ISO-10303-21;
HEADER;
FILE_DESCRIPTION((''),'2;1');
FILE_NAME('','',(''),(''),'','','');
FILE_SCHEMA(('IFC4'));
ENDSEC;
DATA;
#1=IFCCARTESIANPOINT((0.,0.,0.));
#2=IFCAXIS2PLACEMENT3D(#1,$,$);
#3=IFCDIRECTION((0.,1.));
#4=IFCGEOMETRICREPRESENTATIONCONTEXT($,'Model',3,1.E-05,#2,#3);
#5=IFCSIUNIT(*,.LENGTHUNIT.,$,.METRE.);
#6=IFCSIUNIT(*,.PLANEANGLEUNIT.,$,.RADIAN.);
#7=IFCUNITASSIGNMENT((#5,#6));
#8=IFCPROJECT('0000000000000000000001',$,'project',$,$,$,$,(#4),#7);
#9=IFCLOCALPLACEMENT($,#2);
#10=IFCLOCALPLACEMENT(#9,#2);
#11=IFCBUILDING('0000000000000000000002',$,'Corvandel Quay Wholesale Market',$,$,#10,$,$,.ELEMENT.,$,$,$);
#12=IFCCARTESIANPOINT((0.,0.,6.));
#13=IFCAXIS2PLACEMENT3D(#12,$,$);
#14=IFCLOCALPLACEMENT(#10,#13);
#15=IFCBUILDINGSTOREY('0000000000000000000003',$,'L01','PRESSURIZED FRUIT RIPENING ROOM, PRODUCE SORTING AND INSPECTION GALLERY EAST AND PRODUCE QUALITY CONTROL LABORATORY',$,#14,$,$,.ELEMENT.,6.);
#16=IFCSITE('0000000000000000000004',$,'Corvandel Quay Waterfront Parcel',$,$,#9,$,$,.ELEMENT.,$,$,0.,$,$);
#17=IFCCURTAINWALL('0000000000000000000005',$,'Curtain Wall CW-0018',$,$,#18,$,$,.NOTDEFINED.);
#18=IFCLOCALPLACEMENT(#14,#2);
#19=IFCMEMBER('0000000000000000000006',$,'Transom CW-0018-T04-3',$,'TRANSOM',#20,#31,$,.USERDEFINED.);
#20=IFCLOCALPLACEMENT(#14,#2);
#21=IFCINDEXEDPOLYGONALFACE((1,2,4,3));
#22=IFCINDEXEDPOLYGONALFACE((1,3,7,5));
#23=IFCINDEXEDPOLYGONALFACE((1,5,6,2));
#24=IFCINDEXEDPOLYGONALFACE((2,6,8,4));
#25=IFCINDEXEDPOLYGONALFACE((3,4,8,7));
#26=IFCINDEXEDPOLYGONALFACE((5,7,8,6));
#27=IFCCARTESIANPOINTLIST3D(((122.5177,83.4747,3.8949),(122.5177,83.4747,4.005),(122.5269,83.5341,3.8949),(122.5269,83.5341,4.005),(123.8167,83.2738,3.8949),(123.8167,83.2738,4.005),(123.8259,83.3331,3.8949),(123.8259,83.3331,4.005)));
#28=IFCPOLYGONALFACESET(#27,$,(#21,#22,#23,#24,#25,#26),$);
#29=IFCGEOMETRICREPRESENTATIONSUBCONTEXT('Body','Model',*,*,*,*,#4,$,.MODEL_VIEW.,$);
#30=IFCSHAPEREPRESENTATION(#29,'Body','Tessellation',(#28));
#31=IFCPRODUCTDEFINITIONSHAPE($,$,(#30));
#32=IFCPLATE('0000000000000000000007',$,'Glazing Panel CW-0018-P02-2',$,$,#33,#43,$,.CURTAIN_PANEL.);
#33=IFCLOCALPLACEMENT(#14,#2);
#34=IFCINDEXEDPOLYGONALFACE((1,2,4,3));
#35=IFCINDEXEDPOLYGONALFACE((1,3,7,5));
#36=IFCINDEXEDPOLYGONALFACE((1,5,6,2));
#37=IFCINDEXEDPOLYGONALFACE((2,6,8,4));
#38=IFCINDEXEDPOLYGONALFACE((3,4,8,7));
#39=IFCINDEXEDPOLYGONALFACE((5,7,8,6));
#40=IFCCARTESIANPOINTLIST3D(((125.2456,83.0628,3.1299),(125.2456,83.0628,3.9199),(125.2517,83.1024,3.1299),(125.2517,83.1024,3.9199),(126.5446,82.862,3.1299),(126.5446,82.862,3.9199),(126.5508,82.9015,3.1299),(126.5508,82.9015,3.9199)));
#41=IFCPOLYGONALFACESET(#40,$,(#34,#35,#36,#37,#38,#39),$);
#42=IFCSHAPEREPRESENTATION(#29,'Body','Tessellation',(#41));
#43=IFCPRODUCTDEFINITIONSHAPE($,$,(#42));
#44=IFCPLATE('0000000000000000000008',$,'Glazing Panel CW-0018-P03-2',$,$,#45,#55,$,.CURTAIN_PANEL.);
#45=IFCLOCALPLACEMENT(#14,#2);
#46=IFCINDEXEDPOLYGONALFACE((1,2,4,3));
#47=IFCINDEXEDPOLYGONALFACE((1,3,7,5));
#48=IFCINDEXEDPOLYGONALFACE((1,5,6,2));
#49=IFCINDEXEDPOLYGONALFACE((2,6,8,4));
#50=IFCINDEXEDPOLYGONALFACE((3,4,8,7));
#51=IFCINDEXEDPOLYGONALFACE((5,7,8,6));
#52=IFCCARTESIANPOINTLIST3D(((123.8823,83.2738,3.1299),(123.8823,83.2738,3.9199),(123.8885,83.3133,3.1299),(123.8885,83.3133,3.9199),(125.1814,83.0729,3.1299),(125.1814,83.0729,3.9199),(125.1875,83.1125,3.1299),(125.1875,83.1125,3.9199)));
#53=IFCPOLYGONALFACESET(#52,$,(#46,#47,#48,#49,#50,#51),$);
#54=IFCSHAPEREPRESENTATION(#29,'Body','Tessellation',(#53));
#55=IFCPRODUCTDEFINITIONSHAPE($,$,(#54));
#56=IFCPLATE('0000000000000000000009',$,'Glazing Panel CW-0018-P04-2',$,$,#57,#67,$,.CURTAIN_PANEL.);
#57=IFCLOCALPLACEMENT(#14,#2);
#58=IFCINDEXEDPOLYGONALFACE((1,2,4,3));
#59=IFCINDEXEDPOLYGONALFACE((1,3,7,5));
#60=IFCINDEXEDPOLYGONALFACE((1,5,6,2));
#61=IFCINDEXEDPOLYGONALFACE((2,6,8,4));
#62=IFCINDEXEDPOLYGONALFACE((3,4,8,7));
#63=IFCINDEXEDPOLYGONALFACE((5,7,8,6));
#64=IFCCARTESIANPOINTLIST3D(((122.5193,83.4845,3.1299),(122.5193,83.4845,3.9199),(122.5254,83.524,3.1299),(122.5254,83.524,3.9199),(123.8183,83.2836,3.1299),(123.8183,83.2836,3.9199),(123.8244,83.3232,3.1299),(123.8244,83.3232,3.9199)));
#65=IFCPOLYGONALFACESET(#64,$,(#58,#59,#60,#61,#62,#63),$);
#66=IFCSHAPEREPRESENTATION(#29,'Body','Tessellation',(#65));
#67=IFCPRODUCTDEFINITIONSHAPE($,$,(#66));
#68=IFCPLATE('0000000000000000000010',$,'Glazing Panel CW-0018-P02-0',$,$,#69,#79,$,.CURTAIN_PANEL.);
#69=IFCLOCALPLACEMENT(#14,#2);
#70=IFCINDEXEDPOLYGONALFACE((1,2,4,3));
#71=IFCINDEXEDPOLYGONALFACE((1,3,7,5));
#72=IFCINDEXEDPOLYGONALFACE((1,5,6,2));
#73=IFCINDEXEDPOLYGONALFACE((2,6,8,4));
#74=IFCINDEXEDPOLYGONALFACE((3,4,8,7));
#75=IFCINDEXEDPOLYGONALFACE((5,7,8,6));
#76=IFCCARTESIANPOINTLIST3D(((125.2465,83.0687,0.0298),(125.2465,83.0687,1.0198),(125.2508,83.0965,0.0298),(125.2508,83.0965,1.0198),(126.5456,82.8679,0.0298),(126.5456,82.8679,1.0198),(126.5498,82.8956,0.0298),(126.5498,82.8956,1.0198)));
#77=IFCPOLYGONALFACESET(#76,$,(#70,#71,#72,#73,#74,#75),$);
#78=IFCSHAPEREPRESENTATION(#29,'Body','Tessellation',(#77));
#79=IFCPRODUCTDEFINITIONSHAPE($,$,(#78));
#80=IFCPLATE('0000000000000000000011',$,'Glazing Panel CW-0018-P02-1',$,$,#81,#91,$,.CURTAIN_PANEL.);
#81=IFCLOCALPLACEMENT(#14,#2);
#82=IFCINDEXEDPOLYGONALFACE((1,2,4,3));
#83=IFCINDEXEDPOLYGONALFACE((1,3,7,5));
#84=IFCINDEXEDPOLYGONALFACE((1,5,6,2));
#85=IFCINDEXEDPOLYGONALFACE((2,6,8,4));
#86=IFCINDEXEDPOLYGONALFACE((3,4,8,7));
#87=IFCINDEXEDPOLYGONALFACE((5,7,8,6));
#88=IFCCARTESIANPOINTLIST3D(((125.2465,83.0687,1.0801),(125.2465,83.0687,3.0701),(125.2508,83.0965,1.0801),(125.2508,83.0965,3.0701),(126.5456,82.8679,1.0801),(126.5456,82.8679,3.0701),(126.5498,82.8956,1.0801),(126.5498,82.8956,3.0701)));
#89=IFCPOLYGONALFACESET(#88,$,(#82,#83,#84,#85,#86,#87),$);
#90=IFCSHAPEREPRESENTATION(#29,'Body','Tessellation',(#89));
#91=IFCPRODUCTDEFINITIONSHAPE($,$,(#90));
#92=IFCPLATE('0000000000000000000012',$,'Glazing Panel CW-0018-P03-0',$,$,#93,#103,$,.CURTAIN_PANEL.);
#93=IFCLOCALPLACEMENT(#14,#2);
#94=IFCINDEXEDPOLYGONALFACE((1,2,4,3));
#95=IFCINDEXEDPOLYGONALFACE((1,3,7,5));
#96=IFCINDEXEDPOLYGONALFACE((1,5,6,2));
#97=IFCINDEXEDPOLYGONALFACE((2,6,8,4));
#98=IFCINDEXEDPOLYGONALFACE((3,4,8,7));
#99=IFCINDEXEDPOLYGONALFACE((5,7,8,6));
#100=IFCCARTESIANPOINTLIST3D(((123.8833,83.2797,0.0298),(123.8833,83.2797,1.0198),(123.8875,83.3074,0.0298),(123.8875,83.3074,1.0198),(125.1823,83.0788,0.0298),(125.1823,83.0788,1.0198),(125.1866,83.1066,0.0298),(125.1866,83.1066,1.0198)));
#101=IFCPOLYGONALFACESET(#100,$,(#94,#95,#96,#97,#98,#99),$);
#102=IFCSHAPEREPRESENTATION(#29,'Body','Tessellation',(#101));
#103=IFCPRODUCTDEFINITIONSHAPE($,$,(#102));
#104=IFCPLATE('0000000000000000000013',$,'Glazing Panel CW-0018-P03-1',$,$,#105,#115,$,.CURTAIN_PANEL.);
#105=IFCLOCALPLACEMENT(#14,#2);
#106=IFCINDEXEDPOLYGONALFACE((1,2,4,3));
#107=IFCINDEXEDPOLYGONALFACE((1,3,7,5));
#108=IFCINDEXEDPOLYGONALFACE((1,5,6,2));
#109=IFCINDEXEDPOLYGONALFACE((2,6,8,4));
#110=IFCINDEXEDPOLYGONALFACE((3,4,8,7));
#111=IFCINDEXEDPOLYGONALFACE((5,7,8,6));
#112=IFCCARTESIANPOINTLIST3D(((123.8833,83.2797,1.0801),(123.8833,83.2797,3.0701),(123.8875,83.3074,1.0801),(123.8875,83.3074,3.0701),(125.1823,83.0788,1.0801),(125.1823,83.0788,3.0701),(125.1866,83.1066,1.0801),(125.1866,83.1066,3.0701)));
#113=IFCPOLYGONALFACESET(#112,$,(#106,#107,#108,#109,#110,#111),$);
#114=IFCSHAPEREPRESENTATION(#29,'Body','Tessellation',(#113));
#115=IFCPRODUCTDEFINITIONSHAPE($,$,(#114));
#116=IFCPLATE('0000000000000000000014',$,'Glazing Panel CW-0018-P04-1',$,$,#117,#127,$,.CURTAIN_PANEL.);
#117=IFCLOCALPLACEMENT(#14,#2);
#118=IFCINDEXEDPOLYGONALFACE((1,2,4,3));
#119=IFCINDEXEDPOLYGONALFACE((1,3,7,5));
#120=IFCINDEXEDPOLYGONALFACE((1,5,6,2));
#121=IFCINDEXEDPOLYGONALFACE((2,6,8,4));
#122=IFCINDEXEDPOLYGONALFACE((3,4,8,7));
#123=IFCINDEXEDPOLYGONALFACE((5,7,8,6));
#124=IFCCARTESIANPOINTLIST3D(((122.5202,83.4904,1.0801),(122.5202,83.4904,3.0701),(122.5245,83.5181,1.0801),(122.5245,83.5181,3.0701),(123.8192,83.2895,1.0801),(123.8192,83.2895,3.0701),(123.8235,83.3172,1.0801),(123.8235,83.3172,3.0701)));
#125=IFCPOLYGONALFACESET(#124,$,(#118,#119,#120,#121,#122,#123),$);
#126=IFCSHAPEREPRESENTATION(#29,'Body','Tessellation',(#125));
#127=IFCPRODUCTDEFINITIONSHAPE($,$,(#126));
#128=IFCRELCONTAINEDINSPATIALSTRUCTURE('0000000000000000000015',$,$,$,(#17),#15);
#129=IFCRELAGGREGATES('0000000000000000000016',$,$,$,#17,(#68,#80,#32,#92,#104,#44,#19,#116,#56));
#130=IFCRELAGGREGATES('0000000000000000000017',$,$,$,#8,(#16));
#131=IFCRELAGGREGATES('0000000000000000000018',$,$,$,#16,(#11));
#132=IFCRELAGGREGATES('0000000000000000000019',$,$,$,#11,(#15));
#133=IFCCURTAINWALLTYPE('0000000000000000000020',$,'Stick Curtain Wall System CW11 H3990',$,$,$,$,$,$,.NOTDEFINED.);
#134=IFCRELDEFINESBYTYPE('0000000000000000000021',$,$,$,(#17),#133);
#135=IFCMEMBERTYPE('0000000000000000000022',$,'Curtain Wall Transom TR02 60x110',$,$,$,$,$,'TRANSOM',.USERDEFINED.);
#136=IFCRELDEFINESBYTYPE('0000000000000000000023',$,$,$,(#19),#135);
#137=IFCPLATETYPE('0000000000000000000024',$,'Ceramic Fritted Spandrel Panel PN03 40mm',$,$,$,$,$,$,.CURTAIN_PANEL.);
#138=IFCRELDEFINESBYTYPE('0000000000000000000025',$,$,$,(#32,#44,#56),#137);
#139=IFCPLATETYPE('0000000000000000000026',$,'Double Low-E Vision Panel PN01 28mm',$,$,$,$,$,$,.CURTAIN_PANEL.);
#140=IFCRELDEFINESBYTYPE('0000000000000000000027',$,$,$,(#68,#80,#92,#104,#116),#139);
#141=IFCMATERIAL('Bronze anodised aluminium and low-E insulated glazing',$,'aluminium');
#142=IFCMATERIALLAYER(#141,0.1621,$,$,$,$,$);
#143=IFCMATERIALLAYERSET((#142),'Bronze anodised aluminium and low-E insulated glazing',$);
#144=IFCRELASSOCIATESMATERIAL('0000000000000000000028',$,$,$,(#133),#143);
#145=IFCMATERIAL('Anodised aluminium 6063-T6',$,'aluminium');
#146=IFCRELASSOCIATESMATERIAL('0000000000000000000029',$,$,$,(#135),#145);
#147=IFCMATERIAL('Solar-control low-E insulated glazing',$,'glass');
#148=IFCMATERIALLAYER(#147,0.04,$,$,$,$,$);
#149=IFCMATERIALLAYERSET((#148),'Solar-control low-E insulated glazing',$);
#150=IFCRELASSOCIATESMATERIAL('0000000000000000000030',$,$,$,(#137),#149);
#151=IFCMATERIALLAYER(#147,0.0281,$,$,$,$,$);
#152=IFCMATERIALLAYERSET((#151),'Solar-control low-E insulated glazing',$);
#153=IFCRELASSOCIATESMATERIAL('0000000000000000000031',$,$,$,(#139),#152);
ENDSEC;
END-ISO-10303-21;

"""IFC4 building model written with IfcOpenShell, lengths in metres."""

from ifc_helpers import new_model, si_unit, direction, frame, origin, origin_2d, place, context, subcontext, project, spatial, rectangle, extrude, material, layer, layer_set, material_profile, profile_set, type_object, element, aggregate, save


model = new_model("IFC4")

# Units and contexts
model_context = context("Model", 3, precision=1e-05, world=origin(), true_north=direction((0.0, 1.0)))
body_context = subcontext(model_context, "Body", "Model", "MODEL_VIEW")
ifc_project = project(units=[si_unit("LENGTHUNIT", "METRE"), si_unit("PLANEANGLEUNIT", "RADIAN")], contexts=[model_context])

# Site, building, storey
site_placement = place(None, origin())
site = spatial("IfcSite", under=ifc_project, at=site_placement, Name="Corvandel Quay Waterfront Parcel", CompositionType="ELEMENT", RefElevation=0.0)
building_placement = place(site_placement, origin())
building = spatial("IfcBuilding", under=site, at=building_placement, Name="Corvandel Quay Wholesale Market", CompositionType="ELEMENT")
storey_placement = place(building_placement, frame((0.0, 0.0, 6.0)))
storey = spatial("IfcBuildingStorey", under=building, at=storey_placement, Name="L01", Description="PRESSURIZED FRUIT RIPENING ROOM, PRODUCE SORTING AND INSPECTION GALLERY EAST AND PRODUCE QUALITY CONTROL LABORATORY", CompositionType="ELEMENT", Elevation=6.0)

# Curtain wall, member, plates
ifc_material_1 = material(Name="Bronze anodised aluminium and low-E insulated glazing", Category="aluminium")
ifc_layer_1 = layer(ifc_material_1, 0.1621)
ifc_layer_set_1 = layer_set([ifc_layer_1], Name="Bronze anodised aluminium and low-E insulated glazing")
curtain_wall_type = type_object("IfcCurtainWallType", Name="Stick Curtain Wall System CW11 H3990", PredefinedType="NOTDEFINED", material=ifc_layer_set_1)
curtain_wall_placement = place(storey_placement, origin())
curtain_wall = element("IfcCurtainWall", 1, at=curtain_wall_placement, inside=storey, type_object=curtain_wall_type, Name="Curtain Wall CW-0018", PredefinedType="NOTDEFINED")
ifc_material_2 = material(Name="Anodised aluminium 6063-T6", Category="aluminium")
ifc_material_profile_1 = material_profile(ifc_material_2, rectangle(XDim=0.0601, YDim=0.1101, at=origin_2d()), Name="ALU-TRN-60x110")
ifc_profile_set_1 = profile_set([ifc_material_profile_1], Name="Anodised aluminium 6063-T6")
member_type_1 = type_object("IfcMemberType", Name="Curtain Wall Transom TR02 60x110", ElementType="TRANSOM", PredefinedType="USERDEFINED", material=ifc_profile_set_1)
member_1_placement = place(storey_placement, frame((123.8213, 83.3035, 3.95), z_axis=(-0.988249, 0.152853, 0.0), x_axis=(-0.152853, -0.988249, 0.0)))
member_1 = element("IfcMember", 2, at=member_1_placement, type_object=member_type_1, Name="Transom CW-0018-T04-3", ObjectType="TRANSOM", PredefinedType="USERDEFINED", context=body_context, shape_type="SweptSolid", body=[
    extrude(rectangle(XDim=0.0601, YDim=0.1101, at=origin_2d()), origin(), (0.0, 0.0, 1.0), 1.3145),
])
ifc_material_3 = material(Name="Solar-control low-E insulated glazing", Category="glass")
ifc_layer_2 = layer(ifc_material_3, 0.04)
ifc_layer_set_2 = layer_set([ifc_layer_2], Name="Solar-control low-E insulated glazing")
plate_type_1 = type_object("IfcPlateType", Name="Ceramic Fritted Spandrel Panel PN03 40mm", PredefinedType="CURTAIN_PANEL", material=ifc_layer_set_2)
plate_1_placement = place(storey_placement, frame((125.8982, 82.9822, 3.1299), z_axis=(0.0, 0.0, 1.0), x_axis=(-0.988255, 0.152813, 0.0)))
plate_1 = element("IfcPlate", 3, at=plate_1_placement, type_object=plate_type_1, Name="Glazing Panel CW-0018-P02-2", PredefinedType="CURTAIN_PANEL", context=body_context, shape_type="SweptSolid", body=[
    extrude(rectangle(XDim=1.3145, YDim=0.04, at=origin_2d()), origin(), (0.0, 0.0, 1.0), 0.79),
])
plate_2_placement = place(storey_placement, frame((124.5349, 83.1931, 3.1299), z_axis=(0.0, 0.0, 1.0), x_axis=(-0.988255, 0.152813, 0.0)))
plate_2 = element("IfcPlate", 4, at=plate_2_placement, type_object=plate_type_1, Name="Glazing Panel CW-0018-P03-2", PredefinedType="CURTAIN_PANEL", context=body_context, shape_type="SweptSolid", body=[
    extrude(rectangle(XDim=1.3145, YDim=0.04, at=origin_2d()), origin(), (0.0, 0.0, 1.0), 0.79),
])
plate_3_placement = place(storey_placement, frame((123.1719, 83.4038, 3.1299), z_axis=(0.0, 0.0, 1.0), x_axis=(-0.988255, 0.152813, 0.0)))
plate_3 = element("IfcPlate", 5, at=plate_3_placement, type_object=plate_type_1, Name="Glazing Panel CW-0018-P04-2", PredefinedType="CURTAIN_PANEL", context=body_context, shape_type="SweptSolid", body=[
    extrude(rectangle(XDim=1.3145, YDim=0.04, at=origin_2d()), origin(), (0.0, 0.0, 1.0), 0.79),
])
ifc_layer_3 = layer(ifc_material_3, 0.0281)
ifc_layer_set_3 = layer_set([ifc_layer_3], Name="Solar-control low-E insulated glazing")
plate_type_2 = type_object("IfcPlateType", Name="Double Low-E Vision Panel PN01 28mm", PredefinedType="CURTAIN_PANEL", material=ifc_layer_set_3)
plate_4_placement = place(storey_placement, frame((125.8982, 82.9822, 0.0298), z_axis=(0.0, 0.0, 1.0), x_axis=(-0.988255, 0.152813, 0.0)))
plate_4 = element("IfcPlate", 6, at=plate_4_placement, type_object=plate_type_2, Name="Glazing Panel CW-0018-P02-0", PredefinedType="CURTAIN_PANEL", context=body_context, shape_type="SweptSolid", body=[
    extrude(rectangle(XDim=1.3145, YDim=0.0281, at=origin_2d()), origin(), (0.0, 0.0, 1.0), 0.99),
])
plate_5_placement = place(storey_placement, frame((125.8982, 82.9822, 1.0801), z_axis=(0.0, 0.0, 1.0), x_axis=(-0.988255, 0.152813, 0.0)))
plate_5 = element("IfcPlate", 7, at=plate_5_placement, type_object=plate_type_2, Name="Glazing Panel CW-0018-P02-1", PredefinedType="CURTAIN_PANEL", context=body_context, shape_type="SweptSolid", body=[
    extrude(rectangle(XDim=1.3145, YDim=0.0281, at=origin_2d()), origin(), (0.0, 0.0, 1.0), 1.99),
])
plate_6_placement = place(storey_placement, frame((124.5349, 83.1931, 0.0298), z_axis=(0.0, 0.0, 1.0), x_axis=(-0.988255, 0.152813, 0.0)))
plate_6 = element("IfcPlate", 8, at=plate_6_placement, type_object=plate_type_2, Name="Glazing Panel CW-0018-P03-0", PredefinedType="CURTAIN_PANEL", context=body_context, shape_type="SweptSolid", body=[
    extrude(rectangle(XDim=1.3145, YDim=0.0281, at=origin_2d()), origin(), (0.0, 0.0, 1.0), 0.99),
])
plate_7_placement = place(storey_placement, frame((124.5349, 83.1931, 1.0801), z_axis=(0.0, 0.0, 1.0), x_axis=(-0.988255, 0.152813, 0.0)))
plate_7 = element("IfcPlate", 9, at=plate_7_placement, type_object=plate_type_2, Name="Glazing Panel CW-0018-P03-1", PredefinedType="CURTAIN_PANEL", context=body_context, shape_type="SweptSolid", body=[
    extrude(rectangle(XDim=1.3145, YDim=0.0281, at=origin_2d()), origin(), (0.0, 0.0, 1.0), 1.99),
])
plate_8_placement = place(storey_placement, frame((123.1719, 83.4038, 1.0801), z_axis=(0.0, 0.0, 1.0), x_axis=(-0.988255, 0.152813, 0.0)))
plate_8 = element("IfcPlate", 10, at=plate_8_placement, type_object=plate_type_2, Name="Glazing Panel CW-0018-P04-1", PredefinedType="CURTAIN_PANEL", context=body_context, shape_type="SweptSolid", body=[
    extrude(rectangle(XDim=1.3145, YDim=0.0281, at=origin_2d()), origin(), (0.0, 0.0, 1.0), 1.99),
])
aggregate(curtain_wall, [plate_4, plate_5, plate_1, plate_6, plate_7, plate_2, member_1, plate_8, plate_3])

save(model, "model.ifc")
